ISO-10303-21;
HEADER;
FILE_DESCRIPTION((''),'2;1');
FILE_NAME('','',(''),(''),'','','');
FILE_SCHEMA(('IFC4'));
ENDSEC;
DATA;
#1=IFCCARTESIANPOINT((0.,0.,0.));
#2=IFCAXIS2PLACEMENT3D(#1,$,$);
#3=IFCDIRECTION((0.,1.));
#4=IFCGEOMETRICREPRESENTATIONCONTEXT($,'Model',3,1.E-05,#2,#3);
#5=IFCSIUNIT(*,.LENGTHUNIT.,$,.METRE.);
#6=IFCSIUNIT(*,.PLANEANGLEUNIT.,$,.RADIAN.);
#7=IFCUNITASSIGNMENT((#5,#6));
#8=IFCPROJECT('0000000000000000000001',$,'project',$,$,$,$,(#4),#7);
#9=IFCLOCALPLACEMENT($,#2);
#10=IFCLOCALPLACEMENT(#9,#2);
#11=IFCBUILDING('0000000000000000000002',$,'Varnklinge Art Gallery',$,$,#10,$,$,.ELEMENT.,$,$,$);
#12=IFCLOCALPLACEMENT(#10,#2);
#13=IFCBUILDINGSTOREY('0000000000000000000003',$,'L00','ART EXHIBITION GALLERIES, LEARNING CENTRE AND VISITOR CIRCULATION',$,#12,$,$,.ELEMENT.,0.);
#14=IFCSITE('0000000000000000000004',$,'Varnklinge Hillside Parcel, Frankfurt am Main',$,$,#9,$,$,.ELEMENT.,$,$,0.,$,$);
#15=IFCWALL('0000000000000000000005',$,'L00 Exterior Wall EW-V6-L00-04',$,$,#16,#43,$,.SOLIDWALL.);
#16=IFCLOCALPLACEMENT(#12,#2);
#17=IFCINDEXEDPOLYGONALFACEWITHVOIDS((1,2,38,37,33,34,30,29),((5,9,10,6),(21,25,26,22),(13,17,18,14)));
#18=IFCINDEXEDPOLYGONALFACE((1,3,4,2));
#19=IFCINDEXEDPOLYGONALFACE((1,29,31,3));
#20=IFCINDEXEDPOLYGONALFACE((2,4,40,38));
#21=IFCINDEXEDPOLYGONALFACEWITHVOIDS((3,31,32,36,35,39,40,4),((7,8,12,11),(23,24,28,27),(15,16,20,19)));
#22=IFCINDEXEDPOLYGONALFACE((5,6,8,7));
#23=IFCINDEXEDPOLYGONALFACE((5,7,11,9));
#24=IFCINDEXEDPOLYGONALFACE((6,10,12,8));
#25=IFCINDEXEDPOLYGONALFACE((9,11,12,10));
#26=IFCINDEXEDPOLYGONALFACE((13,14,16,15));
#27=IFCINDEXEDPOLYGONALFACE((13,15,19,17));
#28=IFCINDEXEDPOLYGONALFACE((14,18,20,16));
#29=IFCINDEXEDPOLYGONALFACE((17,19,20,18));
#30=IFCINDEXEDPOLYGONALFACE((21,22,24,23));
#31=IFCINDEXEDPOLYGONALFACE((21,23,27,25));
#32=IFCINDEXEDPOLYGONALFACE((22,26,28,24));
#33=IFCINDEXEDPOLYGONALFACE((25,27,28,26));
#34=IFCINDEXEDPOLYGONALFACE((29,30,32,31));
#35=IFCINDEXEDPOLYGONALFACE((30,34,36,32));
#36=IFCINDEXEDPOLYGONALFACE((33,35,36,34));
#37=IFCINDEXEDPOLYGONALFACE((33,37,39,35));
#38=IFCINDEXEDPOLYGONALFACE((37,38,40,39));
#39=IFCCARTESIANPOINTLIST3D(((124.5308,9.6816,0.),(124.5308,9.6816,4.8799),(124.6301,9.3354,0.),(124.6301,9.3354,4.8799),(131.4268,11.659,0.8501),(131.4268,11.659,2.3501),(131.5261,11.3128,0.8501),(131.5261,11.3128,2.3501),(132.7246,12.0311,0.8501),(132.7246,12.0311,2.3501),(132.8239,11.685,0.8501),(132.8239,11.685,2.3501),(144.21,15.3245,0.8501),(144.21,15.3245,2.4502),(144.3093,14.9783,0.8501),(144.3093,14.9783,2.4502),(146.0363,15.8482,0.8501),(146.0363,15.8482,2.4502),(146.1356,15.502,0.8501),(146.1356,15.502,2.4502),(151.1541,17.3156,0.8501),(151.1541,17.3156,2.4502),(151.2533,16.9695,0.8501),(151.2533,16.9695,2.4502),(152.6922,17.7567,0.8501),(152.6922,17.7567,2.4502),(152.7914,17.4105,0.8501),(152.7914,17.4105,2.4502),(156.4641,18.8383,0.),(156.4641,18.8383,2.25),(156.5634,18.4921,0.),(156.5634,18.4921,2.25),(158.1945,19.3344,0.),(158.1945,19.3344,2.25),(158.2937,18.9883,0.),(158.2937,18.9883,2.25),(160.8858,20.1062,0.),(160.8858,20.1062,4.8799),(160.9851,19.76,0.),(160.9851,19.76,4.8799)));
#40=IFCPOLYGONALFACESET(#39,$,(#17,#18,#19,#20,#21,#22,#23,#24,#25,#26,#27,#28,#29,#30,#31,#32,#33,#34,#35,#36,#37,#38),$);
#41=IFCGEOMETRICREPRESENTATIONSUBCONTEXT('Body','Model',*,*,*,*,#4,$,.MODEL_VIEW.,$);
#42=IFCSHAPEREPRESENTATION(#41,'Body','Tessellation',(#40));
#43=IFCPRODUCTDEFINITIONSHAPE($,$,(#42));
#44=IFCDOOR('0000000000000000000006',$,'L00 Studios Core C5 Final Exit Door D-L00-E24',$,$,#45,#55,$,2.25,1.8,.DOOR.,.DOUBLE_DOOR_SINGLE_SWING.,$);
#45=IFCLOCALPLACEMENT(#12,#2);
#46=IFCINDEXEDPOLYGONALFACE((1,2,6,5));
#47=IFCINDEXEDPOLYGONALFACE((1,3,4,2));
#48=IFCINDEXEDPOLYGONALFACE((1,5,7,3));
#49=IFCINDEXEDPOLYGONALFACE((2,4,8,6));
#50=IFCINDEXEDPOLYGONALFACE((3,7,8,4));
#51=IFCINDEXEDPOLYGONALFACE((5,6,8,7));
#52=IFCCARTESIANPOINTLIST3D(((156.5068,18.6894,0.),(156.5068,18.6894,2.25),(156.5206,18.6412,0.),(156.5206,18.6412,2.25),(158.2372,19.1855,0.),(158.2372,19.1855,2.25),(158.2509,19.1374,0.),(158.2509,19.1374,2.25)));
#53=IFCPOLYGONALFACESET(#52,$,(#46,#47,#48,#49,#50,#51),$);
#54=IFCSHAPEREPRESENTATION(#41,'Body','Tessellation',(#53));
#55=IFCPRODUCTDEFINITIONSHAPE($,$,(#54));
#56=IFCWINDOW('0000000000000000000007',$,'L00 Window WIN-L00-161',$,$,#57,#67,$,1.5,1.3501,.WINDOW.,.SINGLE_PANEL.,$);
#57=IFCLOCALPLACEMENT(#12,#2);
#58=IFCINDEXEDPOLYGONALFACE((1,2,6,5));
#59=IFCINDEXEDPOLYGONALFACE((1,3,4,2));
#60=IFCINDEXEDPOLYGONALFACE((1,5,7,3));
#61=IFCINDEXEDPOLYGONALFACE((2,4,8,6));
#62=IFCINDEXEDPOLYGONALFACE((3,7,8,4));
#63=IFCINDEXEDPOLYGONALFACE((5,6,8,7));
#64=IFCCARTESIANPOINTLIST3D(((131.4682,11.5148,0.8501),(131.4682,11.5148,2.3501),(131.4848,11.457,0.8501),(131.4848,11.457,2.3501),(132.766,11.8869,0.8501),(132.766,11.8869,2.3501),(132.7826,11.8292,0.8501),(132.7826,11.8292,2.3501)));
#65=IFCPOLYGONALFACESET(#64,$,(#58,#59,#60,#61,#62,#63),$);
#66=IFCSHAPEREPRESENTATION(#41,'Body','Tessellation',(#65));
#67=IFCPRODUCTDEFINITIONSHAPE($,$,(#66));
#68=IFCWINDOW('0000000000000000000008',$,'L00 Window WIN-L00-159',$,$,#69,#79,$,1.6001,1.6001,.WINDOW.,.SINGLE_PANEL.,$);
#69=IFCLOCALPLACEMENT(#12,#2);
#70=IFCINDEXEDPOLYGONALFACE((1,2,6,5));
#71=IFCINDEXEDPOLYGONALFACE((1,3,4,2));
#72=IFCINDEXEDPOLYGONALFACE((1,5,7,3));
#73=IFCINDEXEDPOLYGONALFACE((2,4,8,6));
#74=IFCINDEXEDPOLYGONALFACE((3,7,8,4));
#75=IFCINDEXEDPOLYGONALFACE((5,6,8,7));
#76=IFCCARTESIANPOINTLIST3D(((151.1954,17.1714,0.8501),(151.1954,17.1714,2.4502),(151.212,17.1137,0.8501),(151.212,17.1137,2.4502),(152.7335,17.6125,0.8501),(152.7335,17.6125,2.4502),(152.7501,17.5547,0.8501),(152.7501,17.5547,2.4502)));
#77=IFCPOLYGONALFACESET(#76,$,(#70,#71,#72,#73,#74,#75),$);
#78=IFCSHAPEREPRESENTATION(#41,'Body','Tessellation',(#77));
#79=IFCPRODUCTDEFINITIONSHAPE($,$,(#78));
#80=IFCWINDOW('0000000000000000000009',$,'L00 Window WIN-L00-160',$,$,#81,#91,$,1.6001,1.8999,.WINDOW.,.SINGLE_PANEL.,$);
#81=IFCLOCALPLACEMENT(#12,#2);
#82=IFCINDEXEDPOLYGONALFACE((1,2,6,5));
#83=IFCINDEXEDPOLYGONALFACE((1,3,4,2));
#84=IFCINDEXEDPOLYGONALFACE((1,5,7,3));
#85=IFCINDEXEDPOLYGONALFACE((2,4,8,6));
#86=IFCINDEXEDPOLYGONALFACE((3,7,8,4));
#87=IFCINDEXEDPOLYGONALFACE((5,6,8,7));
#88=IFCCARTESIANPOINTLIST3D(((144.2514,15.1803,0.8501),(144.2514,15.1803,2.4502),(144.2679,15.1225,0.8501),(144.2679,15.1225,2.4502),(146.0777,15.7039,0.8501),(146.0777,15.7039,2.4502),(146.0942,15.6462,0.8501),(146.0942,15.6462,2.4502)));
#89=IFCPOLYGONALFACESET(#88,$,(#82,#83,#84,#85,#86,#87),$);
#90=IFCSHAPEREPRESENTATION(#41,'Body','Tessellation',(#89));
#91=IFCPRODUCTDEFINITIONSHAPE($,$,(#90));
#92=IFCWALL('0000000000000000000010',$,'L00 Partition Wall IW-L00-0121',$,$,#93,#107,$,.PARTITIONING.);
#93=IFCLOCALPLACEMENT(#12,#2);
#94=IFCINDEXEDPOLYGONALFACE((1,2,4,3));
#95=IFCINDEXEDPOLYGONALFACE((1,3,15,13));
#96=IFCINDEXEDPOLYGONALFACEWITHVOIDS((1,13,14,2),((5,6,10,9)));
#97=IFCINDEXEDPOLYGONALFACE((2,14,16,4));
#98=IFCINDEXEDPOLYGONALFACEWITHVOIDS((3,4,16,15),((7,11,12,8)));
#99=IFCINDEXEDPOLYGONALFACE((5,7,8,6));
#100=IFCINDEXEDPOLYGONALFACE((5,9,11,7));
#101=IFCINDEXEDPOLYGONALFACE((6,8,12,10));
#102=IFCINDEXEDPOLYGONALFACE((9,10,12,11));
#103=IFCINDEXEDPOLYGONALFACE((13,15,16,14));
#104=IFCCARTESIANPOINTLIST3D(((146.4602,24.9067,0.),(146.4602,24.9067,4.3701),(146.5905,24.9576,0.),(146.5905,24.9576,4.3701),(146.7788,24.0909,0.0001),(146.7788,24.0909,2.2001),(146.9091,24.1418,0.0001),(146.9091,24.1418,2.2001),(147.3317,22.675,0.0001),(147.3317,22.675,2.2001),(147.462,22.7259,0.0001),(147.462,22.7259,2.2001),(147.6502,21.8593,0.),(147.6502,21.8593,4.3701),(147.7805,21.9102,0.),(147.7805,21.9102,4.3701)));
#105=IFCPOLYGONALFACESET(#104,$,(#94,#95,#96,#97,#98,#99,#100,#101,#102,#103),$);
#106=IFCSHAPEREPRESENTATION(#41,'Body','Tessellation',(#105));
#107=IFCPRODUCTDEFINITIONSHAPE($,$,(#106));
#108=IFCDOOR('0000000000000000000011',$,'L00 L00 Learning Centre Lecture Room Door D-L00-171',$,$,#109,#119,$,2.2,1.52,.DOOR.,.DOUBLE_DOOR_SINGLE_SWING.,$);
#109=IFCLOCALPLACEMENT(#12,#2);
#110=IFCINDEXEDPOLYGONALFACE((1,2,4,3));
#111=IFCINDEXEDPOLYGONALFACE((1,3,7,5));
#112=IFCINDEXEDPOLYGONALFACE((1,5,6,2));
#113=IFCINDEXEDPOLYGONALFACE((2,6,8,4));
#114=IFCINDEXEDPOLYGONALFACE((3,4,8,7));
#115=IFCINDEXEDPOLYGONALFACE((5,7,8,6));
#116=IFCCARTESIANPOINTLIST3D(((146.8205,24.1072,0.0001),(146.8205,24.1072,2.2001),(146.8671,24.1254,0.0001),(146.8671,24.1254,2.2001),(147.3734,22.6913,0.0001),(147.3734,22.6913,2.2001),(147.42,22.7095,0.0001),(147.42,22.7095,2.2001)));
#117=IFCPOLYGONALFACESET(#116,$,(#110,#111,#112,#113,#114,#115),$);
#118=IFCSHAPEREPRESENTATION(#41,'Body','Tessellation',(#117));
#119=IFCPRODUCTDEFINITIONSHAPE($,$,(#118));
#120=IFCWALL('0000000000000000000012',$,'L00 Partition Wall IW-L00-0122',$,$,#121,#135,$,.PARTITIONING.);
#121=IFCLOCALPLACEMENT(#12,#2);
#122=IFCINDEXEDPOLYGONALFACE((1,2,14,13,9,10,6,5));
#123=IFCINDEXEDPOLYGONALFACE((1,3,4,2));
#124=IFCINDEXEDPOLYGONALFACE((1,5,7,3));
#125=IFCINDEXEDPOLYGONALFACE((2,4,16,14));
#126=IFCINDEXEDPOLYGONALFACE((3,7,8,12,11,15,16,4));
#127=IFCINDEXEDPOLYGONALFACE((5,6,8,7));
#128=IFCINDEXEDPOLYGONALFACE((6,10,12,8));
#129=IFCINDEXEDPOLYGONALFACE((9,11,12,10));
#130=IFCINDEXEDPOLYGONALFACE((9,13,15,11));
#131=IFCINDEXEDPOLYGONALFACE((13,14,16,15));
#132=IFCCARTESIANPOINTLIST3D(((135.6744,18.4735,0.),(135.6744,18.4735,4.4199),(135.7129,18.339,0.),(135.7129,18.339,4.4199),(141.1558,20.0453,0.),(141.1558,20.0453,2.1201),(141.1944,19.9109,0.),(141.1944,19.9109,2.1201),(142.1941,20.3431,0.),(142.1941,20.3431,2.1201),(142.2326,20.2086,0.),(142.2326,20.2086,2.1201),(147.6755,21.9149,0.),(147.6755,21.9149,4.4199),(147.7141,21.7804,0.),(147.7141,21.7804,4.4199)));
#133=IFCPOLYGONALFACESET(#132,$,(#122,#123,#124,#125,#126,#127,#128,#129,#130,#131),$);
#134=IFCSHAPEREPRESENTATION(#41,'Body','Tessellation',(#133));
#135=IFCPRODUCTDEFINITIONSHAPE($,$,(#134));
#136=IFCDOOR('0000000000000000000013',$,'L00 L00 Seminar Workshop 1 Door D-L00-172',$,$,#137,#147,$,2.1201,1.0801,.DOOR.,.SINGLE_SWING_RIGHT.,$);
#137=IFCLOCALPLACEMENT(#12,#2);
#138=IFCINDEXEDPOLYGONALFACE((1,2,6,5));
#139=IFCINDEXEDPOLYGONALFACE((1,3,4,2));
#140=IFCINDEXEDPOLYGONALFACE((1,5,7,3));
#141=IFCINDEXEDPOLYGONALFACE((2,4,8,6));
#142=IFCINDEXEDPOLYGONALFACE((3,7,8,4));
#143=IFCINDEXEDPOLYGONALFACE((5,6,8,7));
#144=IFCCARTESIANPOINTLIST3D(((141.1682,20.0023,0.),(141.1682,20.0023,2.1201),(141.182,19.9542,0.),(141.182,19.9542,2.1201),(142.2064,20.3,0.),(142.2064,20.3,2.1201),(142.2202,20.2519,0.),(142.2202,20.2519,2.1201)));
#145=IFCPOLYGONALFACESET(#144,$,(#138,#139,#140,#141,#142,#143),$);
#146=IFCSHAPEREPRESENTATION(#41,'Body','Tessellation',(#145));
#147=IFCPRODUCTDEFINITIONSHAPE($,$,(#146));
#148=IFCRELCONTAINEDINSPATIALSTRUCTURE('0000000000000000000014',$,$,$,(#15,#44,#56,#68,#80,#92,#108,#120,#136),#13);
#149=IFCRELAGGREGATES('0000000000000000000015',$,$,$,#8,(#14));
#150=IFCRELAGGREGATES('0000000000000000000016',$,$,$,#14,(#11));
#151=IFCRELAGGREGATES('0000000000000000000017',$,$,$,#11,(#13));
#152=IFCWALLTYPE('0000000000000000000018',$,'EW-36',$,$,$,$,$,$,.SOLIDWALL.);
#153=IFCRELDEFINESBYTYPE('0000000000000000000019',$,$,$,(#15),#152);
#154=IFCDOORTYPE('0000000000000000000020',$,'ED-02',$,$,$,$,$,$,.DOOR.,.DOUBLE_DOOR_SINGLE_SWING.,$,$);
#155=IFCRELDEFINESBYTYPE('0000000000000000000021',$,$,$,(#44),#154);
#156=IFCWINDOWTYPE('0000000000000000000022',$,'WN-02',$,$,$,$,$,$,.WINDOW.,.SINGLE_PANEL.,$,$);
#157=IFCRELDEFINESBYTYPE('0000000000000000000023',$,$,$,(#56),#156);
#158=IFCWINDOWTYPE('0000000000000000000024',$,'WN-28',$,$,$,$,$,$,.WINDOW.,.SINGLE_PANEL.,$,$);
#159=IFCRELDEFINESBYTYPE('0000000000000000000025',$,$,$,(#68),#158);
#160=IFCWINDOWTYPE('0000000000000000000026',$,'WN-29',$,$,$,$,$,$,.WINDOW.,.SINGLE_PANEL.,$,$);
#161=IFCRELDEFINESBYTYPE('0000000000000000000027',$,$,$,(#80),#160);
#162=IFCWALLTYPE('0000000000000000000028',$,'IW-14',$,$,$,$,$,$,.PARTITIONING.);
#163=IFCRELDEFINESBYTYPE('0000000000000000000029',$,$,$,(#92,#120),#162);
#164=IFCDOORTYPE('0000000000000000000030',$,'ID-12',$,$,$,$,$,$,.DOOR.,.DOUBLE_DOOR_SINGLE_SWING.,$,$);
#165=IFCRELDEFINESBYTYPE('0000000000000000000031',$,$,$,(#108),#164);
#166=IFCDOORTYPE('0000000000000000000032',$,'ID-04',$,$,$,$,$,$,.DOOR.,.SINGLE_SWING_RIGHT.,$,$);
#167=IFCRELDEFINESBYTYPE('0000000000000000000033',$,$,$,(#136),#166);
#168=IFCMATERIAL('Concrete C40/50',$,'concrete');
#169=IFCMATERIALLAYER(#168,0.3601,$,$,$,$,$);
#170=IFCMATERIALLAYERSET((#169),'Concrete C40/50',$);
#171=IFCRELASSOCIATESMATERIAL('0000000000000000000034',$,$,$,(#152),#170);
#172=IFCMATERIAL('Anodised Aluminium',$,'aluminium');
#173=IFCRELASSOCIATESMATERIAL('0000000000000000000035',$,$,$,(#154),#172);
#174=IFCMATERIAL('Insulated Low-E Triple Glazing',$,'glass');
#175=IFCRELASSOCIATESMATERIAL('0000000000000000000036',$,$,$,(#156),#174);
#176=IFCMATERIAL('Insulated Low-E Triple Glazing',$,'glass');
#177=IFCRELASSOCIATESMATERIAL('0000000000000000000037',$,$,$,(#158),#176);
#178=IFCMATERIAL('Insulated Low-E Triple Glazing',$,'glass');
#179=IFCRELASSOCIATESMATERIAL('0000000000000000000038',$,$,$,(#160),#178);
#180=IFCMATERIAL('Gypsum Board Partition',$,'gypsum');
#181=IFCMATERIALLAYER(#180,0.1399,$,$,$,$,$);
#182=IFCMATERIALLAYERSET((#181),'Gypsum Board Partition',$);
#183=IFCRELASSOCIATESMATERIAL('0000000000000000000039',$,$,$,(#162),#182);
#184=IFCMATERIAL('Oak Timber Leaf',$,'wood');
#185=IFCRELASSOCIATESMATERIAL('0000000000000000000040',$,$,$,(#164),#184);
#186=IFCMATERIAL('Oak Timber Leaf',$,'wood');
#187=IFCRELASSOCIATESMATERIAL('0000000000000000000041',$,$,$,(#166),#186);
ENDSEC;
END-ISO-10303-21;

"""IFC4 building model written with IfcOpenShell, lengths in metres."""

from ifc_helpers import new_model, si_unit, direction, frame, frame_2d, origin, place, context, subcontext, project, spatial, rectangle, extrude, material, layer, layer_set, type_object, element, fill, save


model = new_model("IFC4")

# Units and contexts
model_context = context("Model", 3, precision=1e-05, world=origin(), true_north=direction((0.0, 1.0)))
body_context = subcontext(model_context, "Body", "Model", "MODEL_VIEW")
ifc_project = project(units=[si_unit("LENGTHUNIT", "METRE"), si_unit("PLANEANGLEUNIT", "RADIAN")], contexts=[model_context])

# Site, building, storey
site_placement = place(None, origin())
site = spatial("IfcSite", under=ifc_project, at=site_placement, Name="Varnklinge Hillside Parcel, Frankfurt am Main", CompositionType="ELEMENT", RefElevation=0.0)
building_placement = place(site_placement, origin())
building = spatial("IfcBuilding", under=site, at=building_placement, Name="Varnklinge Art Gallery", CompositionType="ELEMENT")
storey_placement = place(building_placement, origin())
storey = spatial("IfcBuildingStorey", under=building, at=storey_placement, Name="L00", Description="ART EXHIBITION GALLERIES, LEARNING CENTRE AND VISITOR CIRCULATION", CompositionType="ELEMENT", Elevation=0.0)

# Wall, openings, door, windows
ifc_material_1 = material(Name="Concrete C40/50", Category="concrete")
ifc_layer_1 = layer(ifc_material_1, 0.3601)
ifc_layer_set_1 = layer_set([ifc_layer_1], Name="Concrete C40/50")
wall_type_1 = type_object("IfcWallType", Name="EW-36", PredefinedType="SOLIDWALL", material=ifc_layer_set_1)
wall_1_placement = place(storey_placement, frame((160.9355, 19.9331, 0.0), z_axis=(0.0, 0.0, 1.0), x_axis=(-0.961262, -0.275636, 0.0)))
wall_1 = element("IfcWall", 1, at=wall_1_placement, inside=storey, type_object=wall_type_1, Name="L00 Exterior Wall EW-V6-L00-04", PredefinedType="SOLIDWALL", context=body_context, shape_type="SweptSolid", body=[
    extrude(rectangle(XDim=37.8201, YDim=0.3601, at=frame_2d((18.9102, 0.0))), origin(), (0.0, 0.0, 1.0), 4.8799),
])
opening_1_placement = place(wall_1_placement, frame((2.8, 0.0, 0.0)))
opening_1 = element("IfcOpeningElement", 2, at=opening_1_placement, cuts=wall_1, PredefinedType="OPENING", context=body_context, shape_type="SweptSolid", body=[
    extrude(rectangle(XDim=1.8, YDim=2.25, at=frame_2d((0.8999, 1.125))), frame((0.0, 0.1902, 0.0), z_axis=(0.0, -1.0, 0.0), x_axis=(1.0, 0.0, 0.0)), (0.0, 0.0, 1.0), 0.3801),
])
opening_2_placement = place(wall_1_placement, frame((8.5239, 0.0, 0.8501)))
opening_2 = element("IfcOpeningElement", 3, at=opening_2_placement, cuts=wall_1, PredefinedType="OPENING", context=body_context, shape_type="SweptSolid", body=[
    extrude(rectangle(XDim=1.6001, YDim=1.6001, at=frame_2d((0.8, 0.8))), frame((0.0, 0.1902, 0.0), z_axis=(0.0, -1.0, 0.0), x_axis=(1.0, 0.0, 0.0)), (0.0, 0.0, 1.0), 0.3801),
])
opening_3_placement = place(wall_1_placement, frame((15.448, 0.0, 0.8501)))
opening_3 = element("IfcOpeningElement", 4, at=opening_3_placement, cuts=wall_1, PredefinedType="OPENING", context=body_context, shape_type="SweptSolid", body=[
    extrude(rectangle(XDim=1.8999, YDim=1.6001, at=frame_2d((0.95, 0.8))), frame((0.0, 0.1902, 0.0), z_axis=(0.0, -1.0, 0.0), x_axis=(1.0, 0.0, 0.0)), (0.0, 0.0, 1.0), 0.3801),
])
opening_4_placement = place(wall_1_placement, frame((29.2961, 0.0, 0.8501)))
opening_4 = element("IfcOpeningElement", 5, at=opening_4_placement, cuts=wall_1, PredefinedType="OPENING", context=body_context, shape_type="SweptSolid", body=[
    extrude(rectangle(XDim=1.3501, YDim=1.5, at=frame_2d((0.675, 0.75))), frame((0.0, 0.1902, 0.0), z_axis=(0.0, -1.0, 0.0), x_axis=(1.0, 0.0, 0.0)), (0.0, 0.0, 1.0), 0.3801),
])
ifc_material_2 = material(Name="Anodised Aluminium", Category="aluminium")
door_type_1 = type_object("IfcDoorType", Name="ED-02", OperationType="DOUBLE_DOOR_SINGLE_SWING", PredefinedType="DOOR", material=ifc_material_2)
door_1_placement = place(opening_1_placement, origin())
door_1 = element("IfcDoor", 6, at=door_1_placement, inside=storey, type_object=door_type_1, Name="L00 Studios Core C5 Final Exit Door D-L00-E24", OperationType="DOUBLE_DOOR_SINGLE_SWING", OverallHeight=2.25, OverallWidth=1.8, PredefinedType="DOOR", context=body_context, shape_type="SweptSolid", body=[
    extrude(rectangle(XDim=1.8, YDim=2.25, at=frame_2d((0.8999, 1.125))), frame((0.0, 0.0249, 0.0), z_axis=(0.0, -1.0, 0.0), x_axis=(1.0, 0.0, 0.0)), (0.0, 0.0, 1.0), 0.05),
])
fill(opening_1, door_1)
ifc_material_3 = material(Name="Insulated Low-E Triple Glazing", Category="glass")
window_type_1 = type_object("IfcWindowType", Name="WN-02", PartitioningType="SINGLE_PANEL", PredefinedType="WINDOW", material=ifc_material_3)
window_1_placement = place(opening_4_placement, origin())
window_1 = element("IfcWindow", 7, at=window_1_placement, inside=storey, type_object=window_type_1, Name="L00 Window WIN-L00-161", OverallHeight=1.5, OverallWidth=1.3501, PartitioningType="SINGLE_PANEL", PredefinedType="WINDOW", context=body_context, shape_type="SweptSolid", body=[
    extrude(rectangle(XDim=1.3501, YDim=1.5, at=frame_2d((0.675, 0.75))), frame((0.0, 0.03, 0.0), z_axis=(0.0, -1.0, 0.0), x_axis=(1.0, 0.0, 0.0)), (0.0, 0.0, 1.0), 0.0601),
])
fill(opening_4, window_1)
ifc_material_4 = material(Name="Insulated Low-E Triple Glazing", Category="glass")
window_type_2 = type_object("IfcWindowType", Name="WN-28", PartitioningType="SINGLE_PANEL", PredefinedType="WINDOW", material=ifc_material_4)
window_2_placement = place(opening_2_placement, origin())
window_2 = element("IfcWindow", 8, at=window_2_placement, inside=storey, type_object=window_type_2, Name="L00 Window WIN-L00-159", OverallHeight=1.6001, OverallWidth=1.6001, PartitioningType="SINGLE_PANEL", PredefinedType="WINDOW", context=body_context, shape_type="SweptSolid", body=[
    extrude(rectangle(XDim=1.6001, YDim=1.6001, at=frame_2d((0.8, 0.8))), frame((0.0, 0.03, 0.0), z_axis=(0.0, -1.0, 0.0), x_axis=(1.0, 0.0, 0.0)), (0.0, 0.0, 1.0), 0.0601),
])
fill(opening_2, window_2)
ifc_material_5 = material(Name="Insulated Low-E Triple Glazing", Category="glass")
window_type_3 = type_object("IfcWindowType", Name="WN-29", PartitioningType="SINGLE_PANEL", PredefinedType="WINDOW", material=ifc_material_5)
window_3_placement = place(opening_3_placement, origin())
window_3 = element("IfcWindow", 9, at=window_3_placement, inside=storey, type_object=window_type_3, Name="L00 Window WIN-L00-160", OverallHeight=1.6001, OverallWidth=1.8999, PartitioningType="SINGLE_PANEL", PredefinedType="WINDOW", context=body_context, shape_type="SweptSolid", body=[
    extrude(rectangle(XDim=1.8999, YDim=1.6001, at=frame_2d((0.95, 0.8))), frame((0.0, 0.03, 0.0), z_axis=(0.0, -1.0, 0.0), x_axis=(1.0, 0.0, 0.0)), (0.0, 0.0, 1.0), 0.0601),
])
fill(opening_3, window_3)

# Walls, openings, doors
ifc_material_6 = material(Name="Gypsum Board Partition", Category="gypsum")
ifc_layer_2 = layer(ifc_material_6, 0.1399)
ifc_layer_set_2 = layer_set([ifc_layer_2], Name="Gypsum Board Partition")
wall_type_2 = type_object("IfcWallType", Name="IW-14", PredefinedType="PARTITIONING", material=ifc_layer_set_2)
wall_2_placement = place(storey_placement, frame((146.5254, 24.9321, 0.0), z_axis=(0.0, 0.0, 1.0), x_axis=(0.363735, -0.931502, 0.0)))
wall_2 = element("IfcWall", 10, at=wall_2_placement, inside=storey, type_object=wall_type_2, Name="L00 Partition Wall IW-L00-0121", PredefinedType="PARTITIONING", context=body_context, shape_type="SweptSolid", body=[
    extrude(rectangle(XDim=3.2715, YDim=0.1399, at=frame_2d((1.6357, 0.0))), origin(), (0.0, 0.0, 1.0), 4.3701),
])
opening_5_placement = place(wall_2_placement, frame((0.8757, 0.0, 0.0)))
opening_5 = element("IfcOpeningElement", 11, at=opening_5_placement, cuts=wall_2, PredefinedType="OPENING", context=body_context, shape_type="SweptSolid", body=[
    extrude(rectangle(XDim=1.52, YDim=2.2, at=frame_2d((0.76, 1.1001))), frame((0.0, 0.0798, 0.0), z_axis=(0.0, -1.0, 0.0), x_axis=(1.0, 0.0, 0.0)), (0.0, 0.0, 1.0), 0.1599),
])
ifc_material_7 = material(Name="Oak Timber Leaf", Category="wood")
door_type_2 = type_object("IfcDoorType", Name="ID-12", OperationType="DOUBLE_DOOR_SINGLE_SWING", PredefinedType="DOOR", material=ifc_material_7)
door_2_placement = place(opening_5_placement, origin())
door_2 = element("IfcDoor", 12, at=door_2_placement, inside=storey, type_object=door_type_2, Name="L00 L00 Learning Centre Lecture Room Door D-L00-171", OperationType="DOUBLE_DOOR_SINGLE_SWING", OverallHeight=2.2, OverallWidth=1.52, PredefinedType="DOOR", context=body_context, shape_type="SweptSolid", body=[
    extrude(rectangle(XDim=1.52, YDim=2.2, at=frame_2d((0.76, 1.1001))), frame((0.0, 0.0249, 0.0), z_axis=(0.0, -1.0, 0.0), x_axis=(1.0, 0.0, 0.0)), (0.0, 0.0, 1.0), 0.05),
])
fill(opening_5, door_2)
wall_3_placement = place(storey_placement, frame((147.6948, 21.8477, 0.0), z_axis=(0.0, 0.0, 1.0), x_axis=(-0.961259, -0.275646, 0.0)))
wall_3 = element("IfcWall", 13, at=wall_3_placement, inside=storey, type_object=wall_type_2, Name="L00 Partition Wall IW-L00-0122", PredefinedType="PARTITIONING", context=body_context, shape_type="SweptSolid", body=[
    extrude(rectangle(XDim=12.4849, YDim=0.1399, at=frame_2d((6.2424, 0.0))), origin(), (0.0, 0.0, 1.0), 4.4199),
])
opening_6_placement = place(wall_3_placement, frame((5.7024, 0.0, 0.0)))
opening_6 = element("IfcOpeningElement", 14, at=opening_6_placement, cuts=wall_3, PredefinedType="OPENING", context=body_context, shape_type="SweptSolid", body=[
    extrude(rectangle(XDim=1.0801, YDim=2.1201, at=frame_2d((0.54, 1.0601))), frame((0.0, 0.0798, 0.0), z_axis=(0.0, -1.0, 0.0), x_axis=(1.0, 0.0, 0.0)), (0.0, 0.0, 1.0), 0.1599),
])
ifc_material_8 = material(Name="Oak Timber Leaf", Category="wood")
door_type_3 = type_object("IfcDoorType", Name="ID-04", OperationType="SINGLE_SWING_RIGHT", PredefinedType="DOOR", material=ifc_material_8)
door_3_placement = place(opening_6_placement, origin())
door_3 = element("IfcDoor", 15, at=door_3_placement, inside=storey, type_object=door_type_3, Name="L00 L00 Seminar Workshop 1 Door D-L00-172", OperationType="SINGLE_SWING_RIGHT", OverallHeight=2.1201, OverallWidth=1.0801, PredefinedType="DOOR", context=body_context, shape_type="SweptSolid", body=[
    extrude(rectangle(XDim=1.0801, YDim=2.1201, at=frame_2d((0.54, 1.0601))), frame((0.0, 0.0249, 0.0), z_axis=(0.0, -1.0, 0.0), x_axis=(1.0, 0.0, 0.0)), (0.0, 0.0, 1.0), 0.05),
])
fill(opening_6, door_3)

save(model, "model.ifc")
